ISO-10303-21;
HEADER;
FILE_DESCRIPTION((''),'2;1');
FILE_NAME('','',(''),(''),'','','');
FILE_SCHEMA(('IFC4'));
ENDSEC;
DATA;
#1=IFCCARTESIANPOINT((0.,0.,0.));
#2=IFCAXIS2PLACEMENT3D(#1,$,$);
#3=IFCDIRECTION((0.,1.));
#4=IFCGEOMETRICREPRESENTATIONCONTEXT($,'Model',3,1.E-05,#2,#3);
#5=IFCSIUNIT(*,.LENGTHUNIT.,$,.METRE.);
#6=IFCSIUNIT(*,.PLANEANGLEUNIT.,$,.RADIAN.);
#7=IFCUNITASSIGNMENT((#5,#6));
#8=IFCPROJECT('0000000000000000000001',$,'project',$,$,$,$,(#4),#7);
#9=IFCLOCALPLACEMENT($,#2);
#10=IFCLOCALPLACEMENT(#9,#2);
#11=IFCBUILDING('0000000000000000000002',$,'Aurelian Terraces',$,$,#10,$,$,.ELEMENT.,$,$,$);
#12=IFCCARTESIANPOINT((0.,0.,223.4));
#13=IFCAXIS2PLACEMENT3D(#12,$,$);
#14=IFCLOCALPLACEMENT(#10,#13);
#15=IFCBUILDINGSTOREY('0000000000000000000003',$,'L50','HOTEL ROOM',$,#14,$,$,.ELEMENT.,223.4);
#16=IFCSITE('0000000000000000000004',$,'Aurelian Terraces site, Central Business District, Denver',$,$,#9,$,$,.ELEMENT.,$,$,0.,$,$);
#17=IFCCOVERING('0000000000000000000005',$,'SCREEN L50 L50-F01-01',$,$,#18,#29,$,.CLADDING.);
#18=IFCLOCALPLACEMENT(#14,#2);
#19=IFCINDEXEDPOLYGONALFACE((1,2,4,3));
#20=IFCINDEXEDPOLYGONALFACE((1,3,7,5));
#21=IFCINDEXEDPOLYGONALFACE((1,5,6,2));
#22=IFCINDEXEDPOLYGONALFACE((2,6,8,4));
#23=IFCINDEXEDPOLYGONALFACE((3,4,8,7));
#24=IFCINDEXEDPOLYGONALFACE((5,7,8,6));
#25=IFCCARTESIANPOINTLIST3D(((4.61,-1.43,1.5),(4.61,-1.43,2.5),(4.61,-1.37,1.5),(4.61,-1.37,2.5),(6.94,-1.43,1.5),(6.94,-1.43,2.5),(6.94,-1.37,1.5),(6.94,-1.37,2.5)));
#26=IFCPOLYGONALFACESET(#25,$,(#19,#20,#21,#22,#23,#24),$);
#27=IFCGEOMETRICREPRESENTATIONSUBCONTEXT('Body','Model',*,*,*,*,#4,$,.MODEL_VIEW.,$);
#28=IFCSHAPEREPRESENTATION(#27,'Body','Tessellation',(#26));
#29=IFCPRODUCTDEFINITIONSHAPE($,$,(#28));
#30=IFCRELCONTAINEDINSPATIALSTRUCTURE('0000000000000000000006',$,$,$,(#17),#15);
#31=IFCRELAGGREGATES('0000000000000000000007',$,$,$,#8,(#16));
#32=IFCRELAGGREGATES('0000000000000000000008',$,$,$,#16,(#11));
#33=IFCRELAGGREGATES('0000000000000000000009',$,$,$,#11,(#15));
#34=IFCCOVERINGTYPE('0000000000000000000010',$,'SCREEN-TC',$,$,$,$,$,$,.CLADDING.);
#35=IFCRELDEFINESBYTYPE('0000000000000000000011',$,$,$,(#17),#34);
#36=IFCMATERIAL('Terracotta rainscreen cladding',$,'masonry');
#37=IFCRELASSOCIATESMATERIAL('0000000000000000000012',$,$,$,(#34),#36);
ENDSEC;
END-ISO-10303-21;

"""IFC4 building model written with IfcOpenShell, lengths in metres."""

from ifc_helpers import new_model, si_unit, direction, frame, origin, origin_2d, place, context, subcontext, project, spatial, rectangle, extrude, source, transform, mapped, material, type_object, element, save


model = new_model("IFC4")

# Units and contexts
model_context = context("Model", 3, precision=1e-05, world=origin(), true_north=direction((0.0, 1.0)))
body_context = subcontext(model_context, "Body", "Model", "MODEL_VIEW")
ifc_project = project(units=[si_unit("LENGTHUNIT", "METRE"), si_unit("PLANEANGLEUNIT", "RADIAN")], contexts=[model_context])

# Site, building, storey
site_placement = place(None, origin())
site = spatial("IfcSite", under=ifc_project, at=site_placement, Name="Aurelian Terraces site, Central Business District, Denver", CompositionType="ELEMENT", RefElevation=0.0)
building_placement = place(site_placement, origin())
building = spatial("IfcBuilding", under=site, at=building_placement, Name="Aurelian Terraces", CompositionType="ELEMENT")
storey_placement = place(building_placement, frame((0.0, 0.0, 223.4)))
storey = spatial("IfcBuildingStorey", under=building, at=storey_placement, Name="L50", Description="HOTEL ROOM", CompositionType="ELEMENT", Elevation=223.4)

# Shared definitions
ifc_material_1 = material(Name="Terracotta rainscreen cladding", Category="masonry")

# Covering
covering_type_1 = type_object("IfcCoveringType", Name="SCREEN-TC", PredefinedType="CLADDING", material=ifc_material_1)
shared_shape_1 = source(origin(), body_context, "Body", "SweptSolid", [
    extrude(rectangle(XDim=2.33, YDim=0.06, at=origin_2d()), origin(), (0.0, 0.0, 1.0), 1.0),
])
covering_1_placement = place(storey_placement, frame((5.775, -1.4, 1.5), z_axis=(0.0, 0.0, 1.0), x_axis=(1.0, 0.0, 0.0)))
element("IfcCovering", 1, at=covering_1_placement, inside=storey, type_object=covering_type_1, Name="SCREEN L50 L50-F01-01", PredefinedType="CLADDING", context=body_context, shape_type="MappedRepresentation", body=[
    mapped(shared_shape_1, transform((0.0, 0.0, 0.0), scale=1.0)),
])

save(model, "model.ifc")
